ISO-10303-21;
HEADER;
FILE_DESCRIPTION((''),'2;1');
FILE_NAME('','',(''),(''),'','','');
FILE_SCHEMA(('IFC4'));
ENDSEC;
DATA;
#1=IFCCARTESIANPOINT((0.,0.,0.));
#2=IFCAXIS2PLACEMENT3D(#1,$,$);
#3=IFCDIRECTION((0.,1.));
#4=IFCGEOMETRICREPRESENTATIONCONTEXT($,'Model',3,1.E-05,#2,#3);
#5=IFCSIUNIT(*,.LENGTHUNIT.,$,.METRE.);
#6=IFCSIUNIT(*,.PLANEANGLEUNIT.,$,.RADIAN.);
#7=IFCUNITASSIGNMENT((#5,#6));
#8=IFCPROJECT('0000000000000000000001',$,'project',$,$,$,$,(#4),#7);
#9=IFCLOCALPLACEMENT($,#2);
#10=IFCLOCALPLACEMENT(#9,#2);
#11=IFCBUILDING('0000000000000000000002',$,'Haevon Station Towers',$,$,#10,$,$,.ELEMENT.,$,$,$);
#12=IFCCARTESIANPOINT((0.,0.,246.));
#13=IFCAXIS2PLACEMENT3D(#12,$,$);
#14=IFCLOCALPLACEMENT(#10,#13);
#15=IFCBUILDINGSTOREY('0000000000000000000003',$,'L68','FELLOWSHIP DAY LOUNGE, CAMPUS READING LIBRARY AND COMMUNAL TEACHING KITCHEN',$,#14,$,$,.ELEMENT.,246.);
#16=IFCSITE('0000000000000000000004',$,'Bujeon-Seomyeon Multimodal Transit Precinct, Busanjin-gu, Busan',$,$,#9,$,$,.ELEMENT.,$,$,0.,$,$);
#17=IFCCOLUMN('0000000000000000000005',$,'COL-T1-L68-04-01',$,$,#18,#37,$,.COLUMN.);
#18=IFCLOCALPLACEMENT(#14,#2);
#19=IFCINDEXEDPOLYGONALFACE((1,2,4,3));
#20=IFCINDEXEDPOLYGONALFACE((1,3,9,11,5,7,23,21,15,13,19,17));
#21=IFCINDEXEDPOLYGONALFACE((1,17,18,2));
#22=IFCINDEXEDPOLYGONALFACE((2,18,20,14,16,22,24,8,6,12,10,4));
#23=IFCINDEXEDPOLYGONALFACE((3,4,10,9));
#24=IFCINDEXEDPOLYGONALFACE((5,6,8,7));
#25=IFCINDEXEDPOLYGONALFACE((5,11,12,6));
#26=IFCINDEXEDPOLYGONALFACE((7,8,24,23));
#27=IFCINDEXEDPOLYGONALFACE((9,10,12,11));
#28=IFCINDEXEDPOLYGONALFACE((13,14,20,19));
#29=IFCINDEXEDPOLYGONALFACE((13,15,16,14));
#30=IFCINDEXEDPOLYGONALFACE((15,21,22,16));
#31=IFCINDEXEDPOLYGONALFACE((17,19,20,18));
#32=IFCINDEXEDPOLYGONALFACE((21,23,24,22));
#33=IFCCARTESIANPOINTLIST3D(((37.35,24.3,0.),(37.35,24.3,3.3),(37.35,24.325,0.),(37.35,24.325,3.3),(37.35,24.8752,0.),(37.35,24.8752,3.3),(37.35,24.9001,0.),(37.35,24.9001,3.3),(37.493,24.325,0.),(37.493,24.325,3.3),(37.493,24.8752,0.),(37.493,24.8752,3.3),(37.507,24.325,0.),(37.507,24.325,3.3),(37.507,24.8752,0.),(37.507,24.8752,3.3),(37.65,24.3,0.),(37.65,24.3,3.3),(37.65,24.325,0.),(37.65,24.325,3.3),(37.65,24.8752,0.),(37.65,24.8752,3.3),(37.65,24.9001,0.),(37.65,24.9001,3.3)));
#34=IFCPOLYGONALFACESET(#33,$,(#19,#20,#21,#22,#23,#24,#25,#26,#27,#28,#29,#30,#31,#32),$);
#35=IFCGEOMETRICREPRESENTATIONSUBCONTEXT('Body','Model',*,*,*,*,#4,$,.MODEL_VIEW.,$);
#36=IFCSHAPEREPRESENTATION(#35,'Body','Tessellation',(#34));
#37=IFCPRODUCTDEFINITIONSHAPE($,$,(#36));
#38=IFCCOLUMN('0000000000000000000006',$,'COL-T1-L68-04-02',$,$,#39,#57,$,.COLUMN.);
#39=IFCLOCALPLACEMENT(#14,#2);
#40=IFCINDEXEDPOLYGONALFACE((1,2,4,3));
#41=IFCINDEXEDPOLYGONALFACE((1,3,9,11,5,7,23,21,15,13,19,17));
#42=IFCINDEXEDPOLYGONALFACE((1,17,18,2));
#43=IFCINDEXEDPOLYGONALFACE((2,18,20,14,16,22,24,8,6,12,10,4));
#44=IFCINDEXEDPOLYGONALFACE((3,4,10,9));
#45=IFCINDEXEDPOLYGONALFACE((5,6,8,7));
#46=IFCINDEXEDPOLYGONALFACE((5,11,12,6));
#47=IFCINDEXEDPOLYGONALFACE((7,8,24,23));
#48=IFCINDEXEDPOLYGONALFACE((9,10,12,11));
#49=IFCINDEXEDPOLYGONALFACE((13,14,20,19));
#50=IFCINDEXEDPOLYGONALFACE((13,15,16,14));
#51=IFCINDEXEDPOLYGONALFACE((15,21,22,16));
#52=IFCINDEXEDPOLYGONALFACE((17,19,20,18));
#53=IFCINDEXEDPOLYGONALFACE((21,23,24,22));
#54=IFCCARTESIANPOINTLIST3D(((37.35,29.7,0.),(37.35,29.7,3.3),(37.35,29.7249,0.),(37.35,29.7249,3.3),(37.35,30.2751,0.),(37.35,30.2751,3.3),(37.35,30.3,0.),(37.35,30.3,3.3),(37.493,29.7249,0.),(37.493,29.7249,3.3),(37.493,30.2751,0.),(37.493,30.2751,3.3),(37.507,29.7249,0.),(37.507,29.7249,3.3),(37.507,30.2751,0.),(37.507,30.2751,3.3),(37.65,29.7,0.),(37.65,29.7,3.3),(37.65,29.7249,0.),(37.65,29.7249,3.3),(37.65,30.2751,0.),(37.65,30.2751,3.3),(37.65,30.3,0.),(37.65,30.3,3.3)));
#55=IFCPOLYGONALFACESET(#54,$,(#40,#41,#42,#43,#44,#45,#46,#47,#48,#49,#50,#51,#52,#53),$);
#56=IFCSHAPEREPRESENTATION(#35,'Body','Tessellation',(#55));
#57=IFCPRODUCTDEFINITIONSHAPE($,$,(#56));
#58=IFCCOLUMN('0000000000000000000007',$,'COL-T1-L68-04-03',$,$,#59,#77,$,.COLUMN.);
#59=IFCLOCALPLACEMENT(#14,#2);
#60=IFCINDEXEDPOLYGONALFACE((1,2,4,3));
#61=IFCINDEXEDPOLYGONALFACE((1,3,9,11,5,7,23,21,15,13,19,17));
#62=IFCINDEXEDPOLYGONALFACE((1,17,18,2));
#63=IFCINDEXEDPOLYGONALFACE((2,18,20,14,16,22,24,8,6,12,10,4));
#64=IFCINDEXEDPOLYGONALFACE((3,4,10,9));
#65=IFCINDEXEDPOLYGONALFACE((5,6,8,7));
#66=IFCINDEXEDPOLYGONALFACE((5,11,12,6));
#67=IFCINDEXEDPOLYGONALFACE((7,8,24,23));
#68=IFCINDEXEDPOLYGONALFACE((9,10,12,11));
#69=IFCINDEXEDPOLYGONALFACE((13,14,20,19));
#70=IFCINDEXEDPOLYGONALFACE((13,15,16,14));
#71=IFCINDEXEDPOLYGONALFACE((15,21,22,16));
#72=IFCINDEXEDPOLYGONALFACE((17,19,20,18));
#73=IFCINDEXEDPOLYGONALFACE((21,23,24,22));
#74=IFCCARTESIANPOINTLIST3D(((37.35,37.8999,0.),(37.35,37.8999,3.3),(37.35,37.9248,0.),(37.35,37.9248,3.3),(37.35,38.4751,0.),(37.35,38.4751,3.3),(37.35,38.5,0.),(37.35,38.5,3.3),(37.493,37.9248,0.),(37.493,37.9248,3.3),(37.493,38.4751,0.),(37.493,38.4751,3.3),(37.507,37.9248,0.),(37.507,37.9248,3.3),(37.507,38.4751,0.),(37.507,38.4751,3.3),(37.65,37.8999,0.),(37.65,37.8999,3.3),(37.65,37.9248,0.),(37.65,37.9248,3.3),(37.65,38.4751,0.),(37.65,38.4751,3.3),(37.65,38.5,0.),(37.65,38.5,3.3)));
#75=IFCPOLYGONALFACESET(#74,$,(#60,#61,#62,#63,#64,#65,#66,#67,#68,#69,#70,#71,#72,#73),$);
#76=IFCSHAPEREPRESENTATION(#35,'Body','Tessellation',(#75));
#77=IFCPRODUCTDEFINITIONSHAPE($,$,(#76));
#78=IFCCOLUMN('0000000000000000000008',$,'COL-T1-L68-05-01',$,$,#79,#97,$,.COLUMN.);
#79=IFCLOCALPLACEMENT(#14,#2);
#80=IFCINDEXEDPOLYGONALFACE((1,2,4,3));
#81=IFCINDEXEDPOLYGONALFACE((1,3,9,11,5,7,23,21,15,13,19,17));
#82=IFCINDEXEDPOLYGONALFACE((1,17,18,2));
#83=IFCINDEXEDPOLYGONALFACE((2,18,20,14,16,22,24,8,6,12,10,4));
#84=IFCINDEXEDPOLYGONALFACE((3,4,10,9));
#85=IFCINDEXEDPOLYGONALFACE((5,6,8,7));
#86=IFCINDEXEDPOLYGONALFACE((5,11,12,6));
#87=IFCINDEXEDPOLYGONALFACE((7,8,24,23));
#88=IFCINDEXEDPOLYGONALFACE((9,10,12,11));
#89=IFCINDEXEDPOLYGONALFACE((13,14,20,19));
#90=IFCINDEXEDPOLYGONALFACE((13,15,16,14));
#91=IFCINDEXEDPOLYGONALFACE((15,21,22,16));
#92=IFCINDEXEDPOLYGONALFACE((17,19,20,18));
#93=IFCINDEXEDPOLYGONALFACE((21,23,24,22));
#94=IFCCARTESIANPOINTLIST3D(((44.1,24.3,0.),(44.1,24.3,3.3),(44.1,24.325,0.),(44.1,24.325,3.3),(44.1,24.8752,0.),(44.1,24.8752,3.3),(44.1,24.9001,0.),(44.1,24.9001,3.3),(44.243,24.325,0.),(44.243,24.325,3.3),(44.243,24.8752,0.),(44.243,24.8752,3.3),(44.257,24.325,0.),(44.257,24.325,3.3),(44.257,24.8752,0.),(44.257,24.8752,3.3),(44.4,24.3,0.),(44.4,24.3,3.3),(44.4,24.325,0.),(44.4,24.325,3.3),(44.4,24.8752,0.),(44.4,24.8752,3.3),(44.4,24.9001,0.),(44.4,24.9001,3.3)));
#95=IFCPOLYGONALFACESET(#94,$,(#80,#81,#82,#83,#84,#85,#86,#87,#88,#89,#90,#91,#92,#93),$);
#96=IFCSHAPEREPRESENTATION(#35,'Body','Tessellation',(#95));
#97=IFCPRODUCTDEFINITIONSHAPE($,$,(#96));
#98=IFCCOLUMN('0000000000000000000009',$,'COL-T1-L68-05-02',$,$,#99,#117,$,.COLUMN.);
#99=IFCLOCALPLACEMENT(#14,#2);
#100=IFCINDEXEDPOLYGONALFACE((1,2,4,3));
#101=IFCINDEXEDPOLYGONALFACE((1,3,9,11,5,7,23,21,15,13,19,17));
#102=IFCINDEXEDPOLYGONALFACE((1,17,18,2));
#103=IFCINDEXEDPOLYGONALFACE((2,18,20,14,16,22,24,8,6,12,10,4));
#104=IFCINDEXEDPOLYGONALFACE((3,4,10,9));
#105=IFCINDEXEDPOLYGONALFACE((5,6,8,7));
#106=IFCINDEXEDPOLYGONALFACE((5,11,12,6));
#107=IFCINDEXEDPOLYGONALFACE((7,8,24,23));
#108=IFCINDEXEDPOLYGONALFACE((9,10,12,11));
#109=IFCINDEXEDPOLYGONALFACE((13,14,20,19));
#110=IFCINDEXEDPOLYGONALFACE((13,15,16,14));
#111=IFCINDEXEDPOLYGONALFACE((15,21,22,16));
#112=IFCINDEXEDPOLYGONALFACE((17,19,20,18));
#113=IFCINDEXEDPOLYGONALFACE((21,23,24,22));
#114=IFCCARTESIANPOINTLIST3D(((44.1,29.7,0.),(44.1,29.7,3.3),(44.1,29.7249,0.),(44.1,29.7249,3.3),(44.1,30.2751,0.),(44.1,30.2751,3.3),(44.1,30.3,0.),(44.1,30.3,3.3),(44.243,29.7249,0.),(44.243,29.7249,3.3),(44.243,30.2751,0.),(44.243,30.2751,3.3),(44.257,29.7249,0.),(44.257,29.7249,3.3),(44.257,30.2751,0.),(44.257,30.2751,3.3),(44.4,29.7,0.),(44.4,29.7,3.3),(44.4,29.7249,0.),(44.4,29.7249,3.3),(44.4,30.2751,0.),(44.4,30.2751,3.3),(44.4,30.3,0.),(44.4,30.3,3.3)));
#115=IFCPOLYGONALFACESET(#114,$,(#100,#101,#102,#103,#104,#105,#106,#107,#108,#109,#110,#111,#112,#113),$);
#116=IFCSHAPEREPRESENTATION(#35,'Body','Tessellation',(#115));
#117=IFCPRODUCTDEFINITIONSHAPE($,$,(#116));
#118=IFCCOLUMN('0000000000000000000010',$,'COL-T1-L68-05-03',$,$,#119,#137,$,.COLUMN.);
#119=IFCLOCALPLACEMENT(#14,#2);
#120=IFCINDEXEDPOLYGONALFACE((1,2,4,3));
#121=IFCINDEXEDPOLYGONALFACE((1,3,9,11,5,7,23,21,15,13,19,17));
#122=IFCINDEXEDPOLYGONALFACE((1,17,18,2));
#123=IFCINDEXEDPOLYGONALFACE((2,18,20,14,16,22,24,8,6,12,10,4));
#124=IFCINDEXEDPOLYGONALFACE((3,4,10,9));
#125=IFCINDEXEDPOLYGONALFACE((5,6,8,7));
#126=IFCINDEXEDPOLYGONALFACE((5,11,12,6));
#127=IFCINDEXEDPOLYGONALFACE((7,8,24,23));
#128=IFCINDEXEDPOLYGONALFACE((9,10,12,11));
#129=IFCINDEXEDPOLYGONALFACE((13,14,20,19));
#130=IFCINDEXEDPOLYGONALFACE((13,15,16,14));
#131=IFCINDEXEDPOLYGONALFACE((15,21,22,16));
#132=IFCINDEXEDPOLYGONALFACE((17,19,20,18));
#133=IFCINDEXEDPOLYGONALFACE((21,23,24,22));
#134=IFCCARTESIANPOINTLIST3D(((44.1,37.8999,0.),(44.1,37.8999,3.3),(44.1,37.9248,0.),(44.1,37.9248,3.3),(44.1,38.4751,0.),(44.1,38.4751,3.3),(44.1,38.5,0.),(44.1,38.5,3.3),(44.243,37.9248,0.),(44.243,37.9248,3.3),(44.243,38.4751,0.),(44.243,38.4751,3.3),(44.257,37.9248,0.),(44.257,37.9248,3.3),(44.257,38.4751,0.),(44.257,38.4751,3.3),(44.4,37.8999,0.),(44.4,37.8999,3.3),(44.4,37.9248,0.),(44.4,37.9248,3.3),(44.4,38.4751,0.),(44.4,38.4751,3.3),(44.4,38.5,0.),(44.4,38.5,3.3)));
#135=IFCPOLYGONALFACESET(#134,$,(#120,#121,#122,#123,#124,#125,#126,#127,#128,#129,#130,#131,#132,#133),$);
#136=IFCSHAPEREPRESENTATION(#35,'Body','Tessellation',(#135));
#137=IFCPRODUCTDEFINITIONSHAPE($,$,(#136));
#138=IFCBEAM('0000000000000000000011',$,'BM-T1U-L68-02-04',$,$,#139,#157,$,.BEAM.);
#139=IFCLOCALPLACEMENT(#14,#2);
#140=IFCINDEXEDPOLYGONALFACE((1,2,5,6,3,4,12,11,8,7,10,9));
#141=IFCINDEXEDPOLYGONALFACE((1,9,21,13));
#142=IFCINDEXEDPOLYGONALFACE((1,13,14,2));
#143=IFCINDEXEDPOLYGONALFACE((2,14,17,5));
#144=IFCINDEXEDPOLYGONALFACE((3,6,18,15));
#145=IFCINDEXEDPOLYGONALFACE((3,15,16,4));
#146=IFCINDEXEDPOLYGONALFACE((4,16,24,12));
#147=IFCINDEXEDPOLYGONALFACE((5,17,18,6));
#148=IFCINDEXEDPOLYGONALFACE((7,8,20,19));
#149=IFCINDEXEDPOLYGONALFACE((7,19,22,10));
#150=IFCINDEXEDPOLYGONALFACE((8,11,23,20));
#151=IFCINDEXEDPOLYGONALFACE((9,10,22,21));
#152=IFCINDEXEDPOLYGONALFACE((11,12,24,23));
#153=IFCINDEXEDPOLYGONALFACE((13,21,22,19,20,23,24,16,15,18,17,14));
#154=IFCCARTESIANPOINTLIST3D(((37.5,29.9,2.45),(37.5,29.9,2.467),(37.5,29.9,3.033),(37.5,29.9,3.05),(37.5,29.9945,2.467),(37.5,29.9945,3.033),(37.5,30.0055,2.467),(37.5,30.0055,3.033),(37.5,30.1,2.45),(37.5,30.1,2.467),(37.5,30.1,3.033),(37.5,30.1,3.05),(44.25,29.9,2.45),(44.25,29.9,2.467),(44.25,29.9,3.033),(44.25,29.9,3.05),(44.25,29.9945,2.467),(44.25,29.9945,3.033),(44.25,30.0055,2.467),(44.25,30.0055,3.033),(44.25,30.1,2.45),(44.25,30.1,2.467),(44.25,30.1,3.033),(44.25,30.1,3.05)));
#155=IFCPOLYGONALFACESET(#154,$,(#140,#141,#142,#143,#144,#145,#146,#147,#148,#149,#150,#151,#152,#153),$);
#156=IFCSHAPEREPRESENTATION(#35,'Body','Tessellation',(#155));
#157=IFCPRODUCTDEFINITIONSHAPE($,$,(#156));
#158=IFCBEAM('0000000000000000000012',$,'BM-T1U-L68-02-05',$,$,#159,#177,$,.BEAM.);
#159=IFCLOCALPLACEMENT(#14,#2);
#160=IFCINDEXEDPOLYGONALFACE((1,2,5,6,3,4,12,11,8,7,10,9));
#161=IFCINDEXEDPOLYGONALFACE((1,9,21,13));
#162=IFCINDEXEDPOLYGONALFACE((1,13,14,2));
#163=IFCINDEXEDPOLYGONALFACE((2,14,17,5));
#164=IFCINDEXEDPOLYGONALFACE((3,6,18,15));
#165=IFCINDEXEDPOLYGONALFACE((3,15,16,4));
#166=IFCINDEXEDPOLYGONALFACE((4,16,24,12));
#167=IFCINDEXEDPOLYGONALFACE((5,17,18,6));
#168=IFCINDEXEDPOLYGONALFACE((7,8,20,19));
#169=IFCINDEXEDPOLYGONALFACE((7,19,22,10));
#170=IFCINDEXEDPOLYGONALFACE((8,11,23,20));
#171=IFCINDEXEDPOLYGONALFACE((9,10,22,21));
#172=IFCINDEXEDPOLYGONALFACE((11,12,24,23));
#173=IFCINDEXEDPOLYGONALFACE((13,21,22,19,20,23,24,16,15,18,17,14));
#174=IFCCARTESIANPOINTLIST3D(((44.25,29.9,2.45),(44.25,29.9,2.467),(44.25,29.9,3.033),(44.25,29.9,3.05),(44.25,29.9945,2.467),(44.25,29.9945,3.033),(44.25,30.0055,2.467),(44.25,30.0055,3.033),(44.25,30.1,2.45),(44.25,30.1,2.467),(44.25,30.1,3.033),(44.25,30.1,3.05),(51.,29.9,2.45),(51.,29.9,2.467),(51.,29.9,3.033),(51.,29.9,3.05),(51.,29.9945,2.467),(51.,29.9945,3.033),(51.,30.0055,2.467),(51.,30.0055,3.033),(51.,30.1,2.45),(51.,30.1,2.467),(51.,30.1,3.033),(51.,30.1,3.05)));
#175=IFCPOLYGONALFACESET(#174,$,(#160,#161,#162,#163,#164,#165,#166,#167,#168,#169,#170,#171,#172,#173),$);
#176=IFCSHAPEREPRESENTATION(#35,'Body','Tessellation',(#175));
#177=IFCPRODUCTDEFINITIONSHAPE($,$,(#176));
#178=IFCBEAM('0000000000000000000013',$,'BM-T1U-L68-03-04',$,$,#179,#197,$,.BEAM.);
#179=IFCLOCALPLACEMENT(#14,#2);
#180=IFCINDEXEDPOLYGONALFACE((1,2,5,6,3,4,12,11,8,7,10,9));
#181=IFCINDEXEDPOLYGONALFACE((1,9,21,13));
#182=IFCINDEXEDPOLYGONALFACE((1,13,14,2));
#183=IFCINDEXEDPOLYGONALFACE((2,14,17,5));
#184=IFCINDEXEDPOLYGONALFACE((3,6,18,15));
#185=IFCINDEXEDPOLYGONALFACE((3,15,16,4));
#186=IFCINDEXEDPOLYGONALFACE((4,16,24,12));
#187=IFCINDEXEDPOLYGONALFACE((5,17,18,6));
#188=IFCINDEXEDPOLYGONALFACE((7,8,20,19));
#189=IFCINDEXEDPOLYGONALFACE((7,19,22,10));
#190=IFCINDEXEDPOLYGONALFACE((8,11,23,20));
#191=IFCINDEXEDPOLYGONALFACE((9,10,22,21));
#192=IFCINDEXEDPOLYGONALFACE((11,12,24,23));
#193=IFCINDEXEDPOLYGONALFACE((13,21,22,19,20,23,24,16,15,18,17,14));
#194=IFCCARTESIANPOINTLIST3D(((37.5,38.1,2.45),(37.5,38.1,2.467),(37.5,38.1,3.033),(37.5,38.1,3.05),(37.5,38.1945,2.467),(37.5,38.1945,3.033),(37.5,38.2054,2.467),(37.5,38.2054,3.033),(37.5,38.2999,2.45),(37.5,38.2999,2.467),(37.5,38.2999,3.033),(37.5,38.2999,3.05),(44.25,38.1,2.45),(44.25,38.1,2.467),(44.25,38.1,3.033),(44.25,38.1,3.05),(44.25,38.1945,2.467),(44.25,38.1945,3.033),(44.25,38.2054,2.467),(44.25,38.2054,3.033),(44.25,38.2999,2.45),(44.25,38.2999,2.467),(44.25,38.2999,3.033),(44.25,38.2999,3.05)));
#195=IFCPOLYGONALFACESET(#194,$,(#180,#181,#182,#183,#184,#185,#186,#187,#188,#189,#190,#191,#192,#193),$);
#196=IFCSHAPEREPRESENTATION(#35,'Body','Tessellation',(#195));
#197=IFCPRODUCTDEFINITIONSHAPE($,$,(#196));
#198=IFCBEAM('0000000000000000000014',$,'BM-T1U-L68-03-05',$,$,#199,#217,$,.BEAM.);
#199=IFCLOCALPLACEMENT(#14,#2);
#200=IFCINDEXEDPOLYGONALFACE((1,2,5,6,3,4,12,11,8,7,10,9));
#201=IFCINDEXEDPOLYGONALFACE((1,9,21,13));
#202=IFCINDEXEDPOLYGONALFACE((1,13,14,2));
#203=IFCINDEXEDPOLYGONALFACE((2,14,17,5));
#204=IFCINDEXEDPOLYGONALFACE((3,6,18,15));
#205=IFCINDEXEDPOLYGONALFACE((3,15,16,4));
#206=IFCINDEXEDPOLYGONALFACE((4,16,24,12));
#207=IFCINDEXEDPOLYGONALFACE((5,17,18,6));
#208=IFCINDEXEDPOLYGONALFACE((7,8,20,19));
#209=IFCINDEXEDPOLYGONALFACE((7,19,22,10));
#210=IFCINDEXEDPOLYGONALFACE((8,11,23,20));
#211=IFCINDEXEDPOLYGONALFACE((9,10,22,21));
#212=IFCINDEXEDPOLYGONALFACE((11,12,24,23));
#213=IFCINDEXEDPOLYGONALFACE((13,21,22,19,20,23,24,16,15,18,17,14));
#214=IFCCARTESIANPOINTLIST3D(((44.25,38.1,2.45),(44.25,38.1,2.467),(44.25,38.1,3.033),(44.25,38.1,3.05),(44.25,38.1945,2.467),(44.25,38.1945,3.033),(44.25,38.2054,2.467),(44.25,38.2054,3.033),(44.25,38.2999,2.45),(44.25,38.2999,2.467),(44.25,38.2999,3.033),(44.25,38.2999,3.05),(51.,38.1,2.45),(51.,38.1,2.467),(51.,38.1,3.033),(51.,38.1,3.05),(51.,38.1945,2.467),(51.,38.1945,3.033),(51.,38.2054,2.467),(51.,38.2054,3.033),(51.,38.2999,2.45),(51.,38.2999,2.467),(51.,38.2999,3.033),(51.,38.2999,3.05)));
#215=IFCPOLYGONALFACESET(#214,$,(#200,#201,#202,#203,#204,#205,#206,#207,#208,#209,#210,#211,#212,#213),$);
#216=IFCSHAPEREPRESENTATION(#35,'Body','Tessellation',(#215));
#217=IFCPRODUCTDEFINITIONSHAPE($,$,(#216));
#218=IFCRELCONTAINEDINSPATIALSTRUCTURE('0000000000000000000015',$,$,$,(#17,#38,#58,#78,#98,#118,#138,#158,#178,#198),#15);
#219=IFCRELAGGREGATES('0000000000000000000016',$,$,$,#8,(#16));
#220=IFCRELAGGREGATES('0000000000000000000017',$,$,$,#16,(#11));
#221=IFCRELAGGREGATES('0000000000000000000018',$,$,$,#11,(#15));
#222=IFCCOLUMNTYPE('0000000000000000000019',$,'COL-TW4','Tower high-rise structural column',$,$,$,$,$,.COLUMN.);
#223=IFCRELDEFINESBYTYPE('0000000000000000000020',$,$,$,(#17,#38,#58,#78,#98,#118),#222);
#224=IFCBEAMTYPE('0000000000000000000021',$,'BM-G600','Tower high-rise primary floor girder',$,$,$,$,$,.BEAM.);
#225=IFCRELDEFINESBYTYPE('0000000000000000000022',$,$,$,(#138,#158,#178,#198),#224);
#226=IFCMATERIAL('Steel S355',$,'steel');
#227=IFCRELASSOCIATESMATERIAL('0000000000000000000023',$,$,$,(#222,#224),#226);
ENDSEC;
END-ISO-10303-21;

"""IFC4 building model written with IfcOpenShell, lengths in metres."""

from ifc_helpers import new_model, si_unit, direction, frame, origin, origin_2d, place, context, subcontext, project, spatial, i_section, extrude, material, material_profile, profile_set, type_object, element, save


model = new_model("IFC4")

# Units and contexts
model_context = context("Model", 3, precision=1e-05, world=origin(), true_north=direction((0.0, 1.0)))
body_context = subcontext(model_context, "Body", "Model", "MODEL_VIEW")
ifc_project = project(units=[si_unit("LENGTHUNIT", "METRE"), si_unit("PLANEANGLEUNIT", "RADIAN")], contexts=[model_context])

# Site, building, storey
site_placement = place(None, origin())
site = spatial("IfcSite", under=ifc_project, at=site_placement, Name="Bujeon-Seomyeon Multimodal Transit Precinct, Busanjin-gu, Busan", CompositionType="ELEMENT", RefElevation=0.0)
building_placement = place(site_placement, origin())
building = spatial("IfcBuilding", under=site, at=building_placement, Name="Haevon Station Towers", CompositionType="ELEMENT")
storey_placement = place(building_placement, frame((0.0, 0.0, 246.0)))
storey = spatial("IfcBuildingStorey", under=building, at=storey_placement, Name="L68", Description="FELLOWSHIP DAY LOUNGE, CAMPUS READING LIBRARY AND COMMUNAL TEACHING KITCHEN", CompositionType="ELEMENT", Elevation=246.0)

# Columns
ifc_material_1 = material(Name="Steel S355", Category="steel")
ifc_material_profile_1 = material_profile(ifc_material_1, i_section(OverallWidth=0.3, OverallDepth=0.6001, WebThickness=0.0139, FlangeThickness=0.0249, at=origin_2d()), Name="H-600x300x14x25")
ifc_profile_set_1 = profile_set([ifc_material_profile_1], Name="Steel S355")
column_type = type_object("IfcColumnType", Name="COL-TW4", Description="Tower high-rise structural column", PredefinedType="COLUMN", material=ifc_profile_set_1)
for number, where, z_axis, x_axis, name in (
    (1, (37.5, 24.6001, 0.0), (0.0, 0.0, 1.0), (1.0, 0.0, 0.0), "COL-T1-L68-04-01"),
    (2, (37.5, 30.0, 0.0), (0.0, 0.0, 1.0), (1.0, 0.0, 0.0), "COL-T1-L68-04-02"),
    (3, (37.5, 38.2, 0.0), (0.0, 0.0, 1.0), (1.0, 0.0, 0.0), "COL-T1-L68-04-03"),
    (4, (44.25, 24.6001, 0.0), (0.0, 0.0, 1.0), (1.0, 0.0, 0.0), "COL-T1-L68-05-01"),
    (5, (44.25, 30.0, 0.0), (0.0, 0.0, 1.0), (1.0, 0.0, 0.0), "COL-T1-L68-05-02"),
    (6, (44.25, 38.2, 0.0), (0.0, 0.0, 1.0), (1.0, 0.0, 0.0), "COL-T1-L68-05-03"),
):
    element("IfcColumn", number, at=place(storey_placement, frame(where, z_axis=z_axis, x_axis=x_axis)), inside=storey, type_object=column_type, Name=name, PredefinedType="COLUMN", context=body_context, shape_type="SweptSolid", body=[
        extrude(i_section(OverallWidth=0.3, OverallDepth=0.6001, WebThickness=0.0139, FlangeThickness=0.0249, at=origin_2d()), origin(), (0.0, 0.0, 1.0), 3.3),
    ])

# Beams
ifc_material_profile_2 = material_profile(ifc_material_1, i_section(OverallWidth=0.2, OverallDepth=0.6001, WebThickness=0.011, FlangeThickness=0.0171, at=origin_2d()), Name="H-600x200x11x17")
ifc_profile_set_2 = profile_set([ifc_material_profile_2], Name="Steel S355")
beam_type_1 = type_object("IfcBeamType", Name="BM-G600", Description="Tower high-rise primary floor girder", PredefinedType="BEAM", material=ifc_profile_set_2)
for number, where, z_axis, x_axis, name in (
    (7, (37.5, 30.0, 2.75), (1.0, 0.0, 0.0), (0.0, 1.0, 0.0), "BM-T1U-L68-02-04"),
    (8, (44.25, 30.0, 2.75), (1.0, 0.0, 0.0), (0.0, 1.0, 0.0), "BM-T1U-L68-02-05"),
    (9, (37.5, 38.2, 2.75), (1.0, 0.0, 0.0), (0.0, 1.0, 0.0), "BM-T1U-L68-03-04"),
    (10, (44.25, 38.2, 2.75), (1.0, 0.0, 0.0), (0.0, 1.0, 0.0), "BM-T1U-L68-03-05"),
):
    element("IfcBeam", number, at=place(storey_placement, frame(where, z_axis=z_axis, x_axis=x_axis)), inside=storey, type_object=beam_type_1, Name=name, PredefinedType="BEAM", context=body_context, shape_type="SweptSolid", body=[
        extrude(i_section(OverallWidth=0.2, OverallDepth=0.6001, WebThickness=0.011, FlangeThickness=0.0171, at=origin_2d()), origin(), (0.0, 0.0, 1.0), 6.75),
    ])

save(model, "model.ifc")
